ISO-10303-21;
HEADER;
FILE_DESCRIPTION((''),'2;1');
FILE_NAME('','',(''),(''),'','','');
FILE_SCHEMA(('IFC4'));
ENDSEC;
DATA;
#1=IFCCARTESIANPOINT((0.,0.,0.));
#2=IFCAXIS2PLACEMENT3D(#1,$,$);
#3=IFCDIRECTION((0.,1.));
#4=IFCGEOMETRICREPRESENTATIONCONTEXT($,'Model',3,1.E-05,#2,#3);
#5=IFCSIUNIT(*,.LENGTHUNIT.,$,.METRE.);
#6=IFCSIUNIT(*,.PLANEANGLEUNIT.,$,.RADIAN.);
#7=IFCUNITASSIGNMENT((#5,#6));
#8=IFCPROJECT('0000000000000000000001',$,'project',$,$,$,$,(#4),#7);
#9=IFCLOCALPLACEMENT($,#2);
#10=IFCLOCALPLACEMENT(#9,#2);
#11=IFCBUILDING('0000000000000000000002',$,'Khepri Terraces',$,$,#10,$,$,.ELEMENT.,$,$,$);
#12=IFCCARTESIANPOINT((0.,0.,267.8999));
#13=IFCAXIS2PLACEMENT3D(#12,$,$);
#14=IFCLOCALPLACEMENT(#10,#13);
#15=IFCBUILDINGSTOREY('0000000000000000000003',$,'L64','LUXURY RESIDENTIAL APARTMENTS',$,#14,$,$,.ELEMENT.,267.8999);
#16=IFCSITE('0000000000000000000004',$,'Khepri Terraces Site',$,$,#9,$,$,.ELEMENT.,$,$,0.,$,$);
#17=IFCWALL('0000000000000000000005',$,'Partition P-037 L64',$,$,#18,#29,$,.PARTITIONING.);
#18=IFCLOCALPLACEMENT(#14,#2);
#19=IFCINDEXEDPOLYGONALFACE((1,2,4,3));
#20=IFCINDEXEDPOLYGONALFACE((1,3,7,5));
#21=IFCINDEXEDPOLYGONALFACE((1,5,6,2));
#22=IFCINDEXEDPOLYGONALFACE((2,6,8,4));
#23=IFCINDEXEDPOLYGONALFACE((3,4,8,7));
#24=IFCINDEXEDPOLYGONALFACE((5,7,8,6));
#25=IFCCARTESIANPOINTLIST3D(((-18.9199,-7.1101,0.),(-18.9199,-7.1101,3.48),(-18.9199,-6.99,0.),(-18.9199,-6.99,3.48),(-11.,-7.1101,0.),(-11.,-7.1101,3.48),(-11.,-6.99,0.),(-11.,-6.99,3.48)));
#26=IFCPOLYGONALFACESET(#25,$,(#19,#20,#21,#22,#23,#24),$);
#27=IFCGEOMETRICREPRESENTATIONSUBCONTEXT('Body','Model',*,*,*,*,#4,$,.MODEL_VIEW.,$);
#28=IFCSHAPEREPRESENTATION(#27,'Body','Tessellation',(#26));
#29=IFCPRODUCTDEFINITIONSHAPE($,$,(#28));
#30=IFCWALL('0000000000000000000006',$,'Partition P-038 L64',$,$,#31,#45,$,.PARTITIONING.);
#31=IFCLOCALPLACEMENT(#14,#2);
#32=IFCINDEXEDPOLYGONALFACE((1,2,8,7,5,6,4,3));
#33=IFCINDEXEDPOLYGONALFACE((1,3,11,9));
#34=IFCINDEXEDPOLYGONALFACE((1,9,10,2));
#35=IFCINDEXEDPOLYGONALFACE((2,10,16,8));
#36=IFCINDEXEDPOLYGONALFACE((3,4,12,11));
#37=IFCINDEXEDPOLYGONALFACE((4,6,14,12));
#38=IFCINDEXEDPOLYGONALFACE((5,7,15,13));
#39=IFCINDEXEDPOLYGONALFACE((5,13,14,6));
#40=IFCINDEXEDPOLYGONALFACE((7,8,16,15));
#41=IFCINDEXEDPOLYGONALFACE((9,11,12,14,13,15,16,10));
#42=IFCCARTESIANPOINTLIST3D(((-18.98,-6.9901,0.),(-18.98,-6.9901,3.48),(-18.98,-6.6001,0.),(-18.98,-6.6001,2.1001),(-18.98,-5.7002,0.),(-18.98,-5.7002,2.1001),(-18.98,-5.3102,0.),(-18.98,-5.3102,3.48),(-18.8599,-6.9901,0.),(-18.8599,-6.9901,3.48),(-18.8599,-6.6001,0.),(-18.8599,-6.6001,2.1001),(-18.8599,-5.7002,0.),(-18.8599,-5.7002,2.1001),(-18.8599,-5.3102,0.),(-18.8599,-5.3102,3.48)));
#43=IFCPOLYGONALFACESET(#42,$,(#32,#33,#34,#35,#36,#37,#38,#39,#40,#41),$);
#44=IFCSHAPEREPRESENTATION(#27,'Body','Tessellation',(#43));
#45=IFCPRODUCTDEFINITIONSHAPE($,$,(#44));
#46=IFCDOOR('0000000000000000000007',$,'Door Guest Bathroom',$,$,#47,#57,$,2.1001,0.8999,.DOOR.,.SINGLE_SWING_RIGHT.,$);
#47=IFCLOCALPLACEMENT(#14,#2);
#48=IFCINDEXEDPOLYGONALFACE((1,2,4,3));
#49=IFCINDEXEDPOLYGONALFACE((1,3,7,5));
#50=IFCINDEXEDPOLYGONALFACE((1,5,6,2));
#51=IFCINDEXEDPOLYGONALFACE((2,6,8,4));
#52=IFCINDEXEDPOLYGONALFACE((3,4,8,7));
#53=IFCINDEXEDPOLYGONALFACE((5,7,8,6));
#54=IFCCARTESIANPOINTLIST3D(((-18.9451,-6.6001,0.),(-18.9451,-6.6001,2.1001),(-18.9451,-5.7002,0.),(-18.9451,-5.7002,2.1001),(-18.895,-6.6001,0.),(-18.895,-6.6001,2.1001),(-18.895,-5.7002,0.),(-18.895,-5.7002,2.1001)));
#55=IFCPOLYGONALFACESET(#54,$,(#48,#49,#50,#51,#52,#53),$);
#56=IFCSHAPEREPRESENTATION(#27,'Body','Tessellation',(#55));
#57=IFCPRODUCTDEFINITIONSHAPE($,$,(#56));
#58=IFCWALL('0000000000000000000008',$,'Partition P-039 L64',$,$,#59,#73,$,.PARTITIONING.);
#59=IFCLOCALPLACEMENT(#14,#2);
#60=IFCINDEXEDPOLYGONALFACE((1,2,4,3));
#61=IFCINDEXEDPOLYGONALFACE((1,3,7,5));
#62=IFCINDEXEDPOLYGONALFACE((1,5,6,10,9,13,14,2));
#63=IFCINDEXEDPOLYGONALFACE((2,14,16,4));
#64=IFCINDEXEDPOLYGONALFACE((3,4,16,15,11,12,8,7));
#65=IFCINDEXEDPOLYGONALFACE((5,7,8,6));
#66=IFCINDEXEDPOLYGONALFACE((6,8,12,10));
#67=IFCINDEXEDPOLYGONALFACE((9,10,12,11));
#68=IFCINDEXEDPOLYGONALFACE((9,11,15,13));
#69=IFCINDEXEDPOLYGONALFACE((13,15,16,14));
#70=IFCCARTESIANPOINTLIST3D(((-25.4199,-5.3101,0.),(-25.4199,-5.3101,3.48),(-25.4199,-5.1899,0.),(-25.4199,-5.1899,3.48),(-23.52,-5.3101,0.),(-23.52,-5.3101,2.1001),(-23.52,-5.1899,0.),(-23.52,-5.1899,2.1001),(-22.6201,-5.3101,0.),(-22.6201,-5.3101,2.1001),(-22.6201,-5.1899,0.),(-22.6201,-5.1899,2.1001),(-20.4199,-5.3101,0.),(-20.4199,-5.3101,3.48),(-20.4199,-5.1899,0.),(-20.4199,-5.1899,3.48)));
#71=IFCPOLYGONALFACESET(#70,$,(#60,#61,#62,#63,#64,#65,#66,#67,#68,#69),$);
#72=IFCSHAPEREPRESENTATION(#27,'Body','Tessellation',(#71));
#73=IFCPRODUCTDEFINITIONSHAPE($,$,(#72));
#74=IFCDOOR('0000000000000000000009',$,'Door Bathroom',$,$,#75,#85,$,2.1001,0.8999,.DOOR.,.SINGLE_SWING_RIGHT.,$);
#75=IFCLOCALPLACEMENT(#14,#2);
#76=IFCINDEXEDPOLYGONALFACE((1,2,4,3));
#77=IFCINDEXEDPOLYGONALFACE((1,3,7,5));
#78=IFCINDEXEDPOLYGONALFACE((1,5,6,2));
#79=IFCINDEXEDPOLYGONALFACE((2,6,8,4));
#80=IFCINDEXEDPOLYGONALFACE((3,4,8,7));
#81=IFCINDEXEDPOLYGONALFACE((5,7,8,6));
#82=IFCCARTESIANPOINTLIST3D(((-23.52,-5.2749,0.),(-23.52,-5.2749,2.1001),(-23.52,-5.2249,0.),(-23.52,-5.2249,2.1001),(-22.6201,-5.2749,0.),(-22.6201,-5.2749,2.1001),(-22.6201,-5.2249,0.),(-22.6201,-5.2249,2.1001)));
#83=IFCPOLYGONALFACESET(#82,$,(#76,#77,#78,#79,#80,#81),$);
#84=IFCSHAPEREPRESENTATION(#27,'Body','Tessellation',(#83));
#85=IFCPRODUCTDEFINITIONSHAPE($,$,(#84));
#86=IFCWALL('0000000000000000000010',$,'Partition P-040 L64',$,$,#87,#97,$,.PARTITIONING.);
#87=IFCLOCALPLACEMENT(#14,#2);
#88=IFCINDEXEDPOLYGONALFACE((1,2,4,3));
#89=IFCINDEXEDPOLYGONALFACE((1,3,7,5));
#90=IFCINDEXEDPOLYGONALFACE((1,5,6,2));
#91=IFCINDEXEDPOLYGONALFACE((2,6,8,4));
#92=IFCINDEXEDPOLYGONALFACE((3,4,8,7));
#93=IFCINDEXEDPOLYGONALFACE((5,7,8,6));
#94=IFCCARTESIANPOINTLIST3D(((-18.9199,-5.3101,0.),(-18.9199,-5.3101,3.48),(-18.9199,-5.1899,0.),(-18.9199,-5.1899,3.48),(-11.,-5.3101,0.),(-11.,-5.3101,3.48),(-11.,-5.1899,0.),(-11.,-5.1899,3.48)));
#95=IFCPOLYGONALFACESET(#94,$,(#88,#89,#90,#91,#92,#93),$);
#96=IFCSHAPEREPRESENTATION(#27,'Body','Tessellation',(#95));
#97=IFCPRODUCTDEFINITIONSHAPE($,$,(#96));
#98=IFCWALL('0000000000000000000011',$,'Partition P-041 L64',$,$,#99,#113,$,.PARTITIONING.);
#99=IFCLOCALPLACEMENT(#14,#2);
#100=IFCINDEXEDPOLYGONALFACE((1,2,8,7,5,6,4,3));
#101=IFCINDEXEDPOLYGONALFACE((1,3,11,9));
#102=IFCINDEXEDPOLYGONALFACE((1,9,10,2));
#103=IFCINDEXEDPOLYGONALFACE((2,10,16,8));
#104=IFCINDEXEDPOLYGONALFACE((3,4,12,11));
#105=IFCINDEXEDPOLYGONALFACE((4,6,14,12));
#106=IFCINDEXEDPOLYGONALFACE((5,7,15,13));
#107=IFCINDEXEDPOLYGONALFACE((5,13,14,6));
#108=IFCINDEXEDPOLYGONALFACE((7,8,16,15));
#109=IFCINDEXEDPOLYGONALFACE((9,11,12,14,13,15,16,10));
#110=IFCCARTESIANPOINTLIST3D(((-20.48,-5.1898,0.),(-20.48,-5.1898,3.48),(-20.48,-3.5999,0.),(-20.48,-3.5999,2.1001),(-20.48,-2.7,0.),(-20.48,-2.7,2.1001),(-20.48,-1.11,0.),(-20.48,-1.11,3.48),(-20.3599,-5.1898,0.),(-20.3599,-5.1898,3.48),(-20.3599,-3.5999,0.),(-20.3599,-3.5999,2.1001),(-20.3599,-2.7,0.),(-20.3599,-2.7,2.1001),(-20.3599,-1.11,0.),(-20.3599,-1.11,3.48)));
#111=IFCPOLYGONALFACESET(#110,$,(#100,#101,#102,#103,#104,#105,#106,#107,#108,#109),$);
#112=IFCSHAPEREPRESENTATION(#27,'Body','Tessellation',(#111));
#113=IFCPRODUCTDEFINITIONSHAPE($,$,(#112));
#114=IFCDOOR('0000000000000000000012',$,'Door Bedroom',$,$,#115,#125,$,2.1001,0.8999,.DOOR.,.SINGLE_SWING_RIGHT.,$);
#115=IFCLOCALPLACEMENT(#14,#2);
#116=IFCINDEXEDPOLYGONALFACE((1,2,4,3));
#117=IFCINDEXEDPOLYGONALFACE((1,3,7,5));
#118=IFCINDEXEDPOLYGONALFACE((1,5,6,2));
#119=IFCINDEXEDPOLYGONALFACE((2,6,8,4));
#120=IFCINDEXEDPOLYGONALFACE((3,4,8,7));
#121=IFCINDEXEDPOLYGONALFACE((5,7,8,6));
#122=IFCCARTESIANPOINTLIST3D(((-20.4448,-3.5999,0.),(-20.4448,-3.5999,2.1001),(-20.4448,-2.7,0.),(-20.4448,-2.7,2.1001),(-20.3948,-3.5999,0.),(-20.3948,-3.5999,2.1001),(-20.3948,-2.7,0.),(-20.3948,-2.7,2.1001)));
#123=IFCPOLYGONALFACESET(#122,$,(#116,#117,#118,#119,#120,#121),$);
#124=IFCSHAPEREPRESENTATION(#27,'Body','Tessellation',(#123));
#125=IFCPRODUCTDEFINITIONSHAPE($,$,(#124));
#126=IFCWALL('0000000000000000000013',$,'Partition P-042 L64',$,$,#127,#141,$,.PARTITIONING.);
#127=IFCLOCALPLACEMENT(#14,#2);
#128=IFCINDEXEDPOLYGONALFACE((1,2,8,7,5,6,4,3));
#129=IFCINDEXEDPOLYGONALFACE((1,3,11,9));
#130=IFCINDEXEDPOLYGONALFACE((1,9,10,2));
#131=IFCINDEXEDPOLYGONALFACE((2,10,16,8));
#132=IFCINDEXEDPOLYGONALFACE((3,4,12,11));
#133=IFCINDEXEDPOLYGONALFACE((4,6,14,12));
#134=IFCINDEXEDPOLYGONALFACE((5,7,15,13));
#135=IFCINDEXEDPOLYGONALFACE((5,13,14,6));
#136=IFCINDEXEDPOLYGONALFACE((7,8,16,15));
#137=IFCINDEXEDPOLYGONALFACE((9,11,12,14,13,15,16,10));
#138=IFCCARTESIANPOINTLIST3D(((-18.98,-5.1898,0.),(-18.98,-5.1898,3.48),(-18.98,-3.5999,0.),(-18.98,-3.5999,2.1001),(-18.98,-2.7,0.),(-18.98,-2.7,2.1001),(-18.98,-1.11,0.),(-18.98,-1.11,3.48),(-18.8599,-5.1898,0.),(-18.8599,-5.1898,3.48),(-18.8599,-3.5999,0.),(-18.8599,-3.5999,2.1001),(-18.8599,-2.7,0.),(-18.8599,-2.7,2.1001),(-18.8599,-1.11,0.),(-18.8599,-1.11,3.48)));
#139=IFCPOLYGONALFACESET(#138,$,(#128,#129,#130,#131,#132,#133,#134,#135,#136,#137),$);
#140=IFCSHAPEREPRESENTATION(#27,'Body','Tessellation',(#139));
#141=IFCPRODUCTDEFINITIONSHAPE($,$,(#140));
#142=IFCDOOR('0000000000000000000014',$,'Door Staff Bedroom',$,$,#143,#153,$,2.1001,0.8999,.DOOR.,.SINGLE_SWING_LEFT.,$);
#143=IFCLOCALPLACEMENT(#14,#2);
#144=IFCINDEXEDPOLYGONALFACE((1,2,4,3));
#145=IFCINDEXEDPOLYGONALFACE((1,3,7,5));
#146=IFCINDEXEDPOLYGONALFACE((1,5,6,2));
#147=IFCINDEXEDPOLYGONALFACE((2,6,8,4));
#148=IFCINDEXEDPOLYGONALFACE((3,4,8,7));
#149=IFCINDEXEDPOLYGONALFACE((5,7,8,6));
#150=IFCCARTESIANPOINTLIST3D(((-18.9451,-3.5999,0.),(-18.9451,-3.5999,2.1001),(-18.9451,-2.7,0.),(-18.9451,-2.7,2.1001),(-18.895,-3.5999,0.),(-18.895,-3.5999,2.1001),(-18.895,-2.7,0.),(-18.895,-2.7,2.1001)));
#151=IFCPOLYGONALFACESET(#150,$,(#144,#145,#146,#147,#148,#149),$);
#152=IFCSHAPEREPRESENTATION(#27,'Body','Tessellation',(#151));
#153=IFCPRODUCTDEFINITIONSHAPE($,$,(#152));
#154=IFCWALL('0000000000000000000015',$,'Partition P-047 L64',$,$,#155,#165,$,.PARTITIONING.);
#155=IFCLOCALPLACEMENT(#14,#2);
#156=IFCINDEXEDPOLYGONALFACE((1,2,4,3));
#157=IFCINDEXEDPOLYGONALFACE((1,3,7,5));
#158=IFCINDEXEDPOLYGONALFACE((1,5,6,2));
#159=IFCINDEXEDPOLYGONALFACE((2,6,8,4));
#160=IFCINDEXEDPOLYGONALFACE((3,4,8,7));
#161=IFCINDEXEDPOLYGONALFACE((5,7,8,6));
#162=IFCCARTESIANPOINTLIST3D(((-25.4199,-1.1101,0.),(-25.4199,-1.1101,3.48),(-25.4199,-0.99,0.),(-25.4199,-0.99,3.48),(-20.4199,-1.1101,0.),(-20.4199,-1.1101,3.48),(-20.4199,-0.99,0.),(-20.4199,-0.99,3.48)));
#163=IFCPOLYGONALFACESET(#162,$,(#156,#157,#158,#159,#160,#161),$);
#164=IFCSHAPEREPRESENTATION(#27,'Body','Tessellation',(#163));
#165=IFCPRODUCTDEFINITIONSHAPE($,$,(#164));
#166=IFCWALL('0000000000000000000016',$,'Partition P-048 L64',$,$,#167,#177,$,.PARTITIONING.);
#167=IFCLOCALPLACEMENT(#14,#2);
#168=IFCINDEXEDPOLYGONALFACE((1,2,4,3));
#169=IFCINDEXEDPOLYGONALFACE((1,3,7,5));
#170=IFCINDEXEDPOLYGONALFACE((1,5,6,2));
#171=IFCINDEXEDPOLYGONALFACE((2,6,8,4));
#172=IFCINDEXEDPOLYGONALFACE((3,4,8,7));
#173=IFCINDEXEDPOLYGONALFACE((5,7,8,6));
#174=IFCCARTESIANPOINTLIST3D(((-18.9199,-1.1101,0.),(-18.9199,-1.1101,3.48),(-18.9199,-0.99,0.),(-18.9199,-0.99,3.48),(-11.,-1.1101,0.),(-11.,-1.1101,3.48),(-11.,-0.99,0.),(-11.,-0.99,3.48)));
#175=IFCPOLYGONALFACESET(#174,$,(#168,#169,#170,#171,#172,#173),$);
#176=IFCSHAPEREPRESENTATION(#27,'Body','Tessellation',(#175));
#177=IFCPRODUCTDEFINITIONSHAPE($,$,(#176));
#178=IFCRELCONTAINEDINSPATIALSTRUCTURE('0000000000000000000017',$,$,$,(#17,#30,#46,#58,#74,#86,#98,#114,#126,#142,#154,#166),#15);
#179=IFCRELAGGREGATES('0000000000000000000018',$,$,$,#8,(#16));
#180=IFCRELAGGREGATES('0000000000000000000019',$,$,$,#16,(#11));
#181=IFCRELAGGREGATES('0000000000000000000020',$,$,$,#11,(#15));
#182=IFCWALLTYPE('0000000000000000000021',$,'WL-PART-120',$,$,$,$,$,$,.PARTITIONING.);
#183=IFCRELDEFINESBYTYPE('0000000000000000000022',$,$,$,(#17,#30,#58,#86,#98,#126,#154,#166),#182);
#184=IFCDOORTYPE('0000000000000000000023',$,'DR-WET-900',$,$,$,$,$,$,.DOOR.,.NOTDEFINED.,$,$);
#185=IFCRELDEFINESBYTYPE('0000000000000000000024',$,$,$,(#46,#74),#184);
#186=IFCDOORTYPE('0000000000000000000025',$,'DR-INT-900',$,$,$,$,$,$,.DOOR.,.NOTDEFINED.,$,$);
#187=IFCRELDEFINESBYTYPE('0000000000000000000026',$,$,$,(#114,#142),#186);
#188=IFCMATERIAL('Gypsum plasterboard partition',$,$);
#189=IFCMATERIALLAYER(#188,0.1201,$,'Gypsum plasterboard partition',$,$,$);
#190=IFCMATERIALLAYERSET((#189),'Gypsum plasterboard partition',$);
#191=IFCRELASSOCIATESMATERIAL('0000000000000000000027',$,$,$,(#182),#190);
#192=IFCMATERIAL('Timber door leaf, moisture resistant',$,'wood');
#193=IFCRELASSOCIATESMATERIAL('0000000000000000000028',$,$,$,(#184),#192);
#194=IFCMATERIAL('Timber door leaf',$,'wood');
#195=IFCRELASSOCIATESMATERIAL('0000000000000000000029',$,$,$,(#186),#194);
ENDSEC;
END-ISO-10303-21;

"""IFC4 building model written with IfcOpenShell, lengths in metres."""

from ifc_helpers import new_model, si_unit, direction, frame, frame_2d, origin, place, context, subcontext, project, spatial, rectangle, extrude, material, layer, layer_set, type_object, element, fill, save


model = new_model("IFC4")

# Units and contexts
model_context = context("Model", 3, precision=1e-05, world=origin(), true_north=direction((0.0, 1.0)))
body_context = subcontext(model_context, "Body", "Model", "MODEL_VIEW")
ifc_project = project(units=[si_unit("LENGTHUNIT", "METRE"), si_unit("PLANEANGLEUNIT", "RADIAN")], contexts=[model_context])

# Site, building, storey
site_placement = place(None, origin())
site = spatial("IfcSite", under=ifc_project, at=site_placement, Name="Khepri Terraces Site", CompositionType="ELEMENT", RefElevation=0.0)
building_placement = place(site_placement, origin())
building = spatial("IfcBuilding", under=site, at=building_placement, Name="Khepri Terraces", CompositionType="ELEMENT")
storey_placement = place(building_placement, frame((0.0, 0.0, 267.8999)))
storey = spatial("IfcBuildingStorey", under=building, at=storey_placement, Name="L64", Description="LUXURY RESIDENTIAL APARTMENTS", CompositionType="ELEMENT", Elevation=267.8999)

# Wall
ifc_material_1 = material(Name="Gypsum plasterboard partition")
ifc_layer_1 = layer(ifc_material_1, 0.1201, Name="Gypsum plasterboard partition")
ifc_layer_set_1 = layer_set([ifc_layer_1], Name="Gypsum plasterboard partition")
wall_type_1 = type_object("IfcWallType", Name="WL-PART-120", PredefinedType="PARTITIONING", material=ifc_layer_set_1)
wall_1_placement = place(storey_placement, frame((-18.9199, -7.05, 0.0), z_axis=(0.0, 0.0, 1.0), x_axis=(1.0, 0.0, 0.0)))
element("IfcWall", 1, at=wall_1_placement, inside=storey, type_object=wall_type_1, Name="Partition P-037 L64", PredefinedType="PARTITIONING", context=body_context, shape_type="SweptSolid", body=[
    extrude(rectangle(XDim=7.9199, YDim=0.1201, at=frame_2d((3.96, 0.0))), origin(), (0.0, 0.0, 1.0), 3.48),
])

# Walls, openings, doors
wall_2_placement = place(storey_placement, frame((-18.9199, -6.99, 0.0), z_axis=(0.0, 0.0, 1.0), x_axis=(0.0, 1.0, 0.0)))
wall_2 = element("IfcWall", 2, at=wall_2_placement, inside=storey, type_object=wall_type_1, Name="Partition P-038 L64", PredefinedType="PARTITIONING", context=body_context, shape_type="SweptSolid", body=[
    extrude(rectangle(XDim=1.6799, YDim=0.1201, at=frame_2d((0.8398, 0.0))), origin(), (0.0, 0.0, 1.0), 3.48),
])
opening_1_placement = place(wall_2_placement, frame((0.3899, 0.0, 0.0)))
opening_1 = element("IfcOpeningElement", 3, at=opening_1_placement, cuts=wall_2, PredefinedType="OPENING", context=body_context, shape_type="SweptSolid", body=[
    extrude(rectangle(XDim=0.8999, YDim=2.1001, at=frame_2d((0.45, 1.05))), frame((0.0, 0.0701, 0.0), z_axis=(0.0, -1.0, 0.0), x_axis=(1.0, 0.0, 0.0)), (0.0, 0.0, 1.0), 0.1401),
])
ifc_material_2 = material(Name="Timber door leaf, moisture resistant", Category="wood")
door_type_1 = type_object("IfcDoorType", Name="DR-WET-900", OperationType="NOTDEFINED", PredefinedType="DOOR", material=ifc_material_2)
door_1_placement = place(opening_1_placement, frame((0.8999, 0.0, 0.0), z_axis=(0.0, 0.0, 1.0), x_axis=(-1.0, 0.0, 0.0)))
door_1 = element("IfcDoor", 4, at=door_1_placement, inside=storey, type_object=door_type_1, Name="Door Guest Bathroom", OperationType="SINGLE_SWING_RIGHT", OverallHeight=2.1001, OverallWidth=0.8999, PredefinedType="DOOR", context=body_context, shape_type="SweptSolid", body=[
    extrude(rectangle(XDim=0.8999, YDim=2.1001, at=frame_2d((0.45, 1.05))), frame((0.0, 0.0249, 0.0), z_axis=(0.0, -1.0, 0.0), x_axis=(1.0, 0.0, 0.0)), (0.0, 0.0, 1.0), 0.05),
])
fill(opening_1, door_1)
wall_3_placement = place(storey_placement, frame((-25.4199, -5.25, 0.0), z_axis=(0.0, 0.0, 1.0), x_axis=(1.0, 0.0, 0.0)))
wall_3 = element("IfcWall", 5, at=wall_3_placement, inside=storey, type_object=wall_type_1, Name="Partition P-039 L64", PredefinedType="PARTITIONING", context=body_context, shape_type="SweptSolid", body=[
    extrude(rectangle(XDim=5.0, YDim=0.1201, at=frame_2d((2.5, 0.0))), origin(), (0.0, 0.0, 1.0), 3.48),
])
opening_2_placement = place(wall_3_placement, frame((1.8999, 0.0, 0.0)))
opening_2 = element("IfcOpeningElement", 6, at=opening_2_placement, cuts=wall_3, PredefinedType="OPENING", context=body_context, shape_type="SweptSolid", body=[
    extrude(rectangle(XDim=0.8999, YDim=2.1001, at=frame_2d((0.45, 1.05))), frame((0.0, 0.0701, 0.0), z_axis=(0.0, -1.0, 0.0), x_axis=(1.0, 0.0, 0.0)), (0.0, 0.0, 1.0), 0.1401),
])
door_2_placement = place(opening_2_placement, frame((0.8999, 0.0, 0.0), z_axis=(0.0, 0.0, 1.0), x_axis=(-1.0, 0.0, 0.0)))
door_2 = element("IfcDoor", 7, at=door_2_placement, inside=storey, type_object=door_type_1, Name="Door Bathroom", OperationType="SINGLE_SWING_RIGHT", OverallHeight=2.1001, OverallWidth=0.8999, PredefinedType="DOOR", context=body_context, shape_type="SweptSolid", body=[
    extrude(rectangle(XDim=0.8999, YDim=2.1001, at=frame_2d((0.45, 1.05))), frame((0.0, 0.0249, 0.0), z_axis=(0.0, -1.0, 0.0), x_axis=(1.0, 0.0, 0.0)), (0.0, 0.0, 1.0), 0.05),
])
fill(opening_2, door_2)

# Wall
wall_4_placement = place(storey_placement, frame((-18.9199, -5.25, 0.0), z_axis=(0.0, 0.0, 1.0), x_axis=(1.0, 0.0, 0.0)))
element("IfcWall", 8, at=wall_4_placement, inside=storey, type_object=wall_type_1, Name="Partition P-040 L64", PredefinedType="PARTITIONING", context=body_context, shape_type="SweptSolid", body=[
    extrude(rectangle(XDim=7.9199, YDim=0.1201, at=frame_2d((3.96, 0.0))), origin(), (0.0, 0.0, 1.0), 3.48),
])

# Walls, openings, doors
wall_5_placement = place(storey_placement, frame((-20.4199, -5.1899, 0.0), z_axis=(0.0, 0.0, 1.0), x_axis=(0.0, 1.0, 0.0)))
wall_5 = element("IfcWall", 9, at=wall_5_placement, inside=storey, type_object=wall_type_1, Name="Partition P-041 L64", PredefinedType="PARTITIONING", context=body_context, shape_type="SweptSolid", body=[
    extrude(rectangle(XDim=4.0798, YDim=0.1201, at=frame_2d((2.04, 0.0))), origin(), (0.0, 0.0, 1.0), 3.48),
])
opening_3_placement = place(wall_5_placement, frame((1.5901, 0.0, 0.0)))
opening_3 = element("IfcOpeningElement", 10, at=opening_3_placement, cuts=wall_5, PredefinedType="OPENING", context=body_context, shape_type="SweptSolid", body=[
    extrude(rectangle(XDim=0.8999, YDim=2.1001, at=frame_2d((0.45, 1.05))), frame((0.0, 0.0701, 0.0), z_axis=(0.0, -1.0, 0.0), x_axis=(1.0, 0.0, 0.0)), (0.0, 0.0, 1.0), 0.1401),
])
ifc_material_3 = material(Name="Timber door leaf", Category="wood")
door_type_2 = type_object("IfcDoorType", Name="DR-INT-900", OperationType="NOTDEFINED", PredefinedType="DOOR", material=ifc_material_3)
door_3_placement = place(opening_3_placement, origin())
door_3 = element("IfcDoor", 11, at=door_3_placement, inside=storey, type_object=door_type_2, Name="Door Bedroom", OperationType="SINGLE_SWING_RIGHT", OverallHeight=2.1001, OverallWidth=0.8999, PredefinedType="DOOR", context=body_context, shape_type="SweptSolid", body=[
    extrude(rectangle(XDim=0.8999, YDim=2.1001, at=frame_2d((0.45, 1.05))), frame((0.0, 0.0249, 0.0), z_axis=(0.0, -1.0, 0.0), x_axis=(1.0, 0.0, 0.0)), (0.0, 0.0, 1.0), 0.05),
])
fill(opening_3, door_3)
wall_6_placement = place(storey_placement, frame((-18.9199, -5.1899, 0.0), z_axis=(0.0, 0.0, 1.0), x_axis=(0.0, 1.0, 0.0)))
wall_6 = element("IfcWall", 12, at=wall_6_placement, inside=storey, type_object=wall_type_1, Name="Partition P-042 L64", PredefinedType="PARTITIONING", context=body_context, shape_type="SweptSolid", body=[
    extrude(rectangle(XDim=4.0798, YDim=0.1201, at=frame_2d((2.04, 0.0))), origin(), (0.0, 0.0, 1.0), 3.48),
])
opening_4_placement = place(wall_6_placement, frame((1.5901, 0.0, 0.0)))
opening_4 = element("IfcOpeningElement", 13, at=opening_4_placement, cuts=wall_6, PredefinedType="OPENING", context=body_context, shape_type="SweptSolid", body=[
    extrude(rectangle(XDim=0.8999, YDim=2.1001, at=frame_2d((0.45, 1.05))), frame((0.0, 0.0701, 0.0), z_axis=(0.0, -1.0, 0.0), x_axis=(1.0, 0.0, 0.0)), (0.0, 0.0, 1.0), 0.1401),
])
door_4_placement = place(opening_4_placement, frame((0.8999, 0.0, 0.0), z_axis=(0.0, 0.0, 1.0), x_axis=(-1.0, 0.0, 0.0)))
door_4 = element("IfcDoor", 14, at=door_4_placement, inside=storey, type_object=door_type_2, Name="Door Staff Bedroom", OperationType="SINGLE_SWING_LEFT", OverallHeight=2.1001, OverallWidth=0.8999, PredefinedType="DOOR", context=body_context, shape_type="SweptSolid", body=[
    extrude(rectangle(XDim=0.8999, YDim=2.1001, at=frame_2d((0.45, 1.05))), frame((0.0, 0.0249, 0.0), z_axis=(0.0, -1.0, 0.0), x_axis=(1.0, 0.0, 0.0)), (0.0, 0.0, 1.0), 0.05),
])
fill(opening_4, door_4)

# Walls
wall_7_placement = place(storey_placement, frame((-25.4199, -1.05, 0.0), z_axis=(0.0, 0.0, 1.0), x_axis=(1.0, 0.0, 0.0)))
element("IfcWall", 15, at=wall_7_placement, inside=storey, type_object=wall_type_1, Name="Partition P-047 L64", PredefinedType="PARTITIONING", context=body_context, shape_type="SweptSolid", body=[
    extrude(rectangle(XDim=5.0, YDim=0.1201, at=frame_2d((2.5, 0.0))), origin(), (0.0, 0.0, 1.0), 3.48),
])
wall_8_placement = place(storey_placement, frame((-18.9199, -1.05, 0.0), z_axis=(0.0, 0.0, 1.0), x_axis=(1.0, 0.0, 0.0)))
element("IfcWall", 16, at=wall_8_placement, inside=storey, type_object=wall_type_1, Name="Partition P-048 L64", PredefinedType="PARTITIONING", context=body_context, shape_type="SweptSolid", body=[
    extrude(rectangle(XDim=7.9199, YDim=0.1201, at=frame_2d((3.96, 0.0))), origin(), (0.0, 0.0, 1.0), 3.48),
])

save(model, "model.ifc")
